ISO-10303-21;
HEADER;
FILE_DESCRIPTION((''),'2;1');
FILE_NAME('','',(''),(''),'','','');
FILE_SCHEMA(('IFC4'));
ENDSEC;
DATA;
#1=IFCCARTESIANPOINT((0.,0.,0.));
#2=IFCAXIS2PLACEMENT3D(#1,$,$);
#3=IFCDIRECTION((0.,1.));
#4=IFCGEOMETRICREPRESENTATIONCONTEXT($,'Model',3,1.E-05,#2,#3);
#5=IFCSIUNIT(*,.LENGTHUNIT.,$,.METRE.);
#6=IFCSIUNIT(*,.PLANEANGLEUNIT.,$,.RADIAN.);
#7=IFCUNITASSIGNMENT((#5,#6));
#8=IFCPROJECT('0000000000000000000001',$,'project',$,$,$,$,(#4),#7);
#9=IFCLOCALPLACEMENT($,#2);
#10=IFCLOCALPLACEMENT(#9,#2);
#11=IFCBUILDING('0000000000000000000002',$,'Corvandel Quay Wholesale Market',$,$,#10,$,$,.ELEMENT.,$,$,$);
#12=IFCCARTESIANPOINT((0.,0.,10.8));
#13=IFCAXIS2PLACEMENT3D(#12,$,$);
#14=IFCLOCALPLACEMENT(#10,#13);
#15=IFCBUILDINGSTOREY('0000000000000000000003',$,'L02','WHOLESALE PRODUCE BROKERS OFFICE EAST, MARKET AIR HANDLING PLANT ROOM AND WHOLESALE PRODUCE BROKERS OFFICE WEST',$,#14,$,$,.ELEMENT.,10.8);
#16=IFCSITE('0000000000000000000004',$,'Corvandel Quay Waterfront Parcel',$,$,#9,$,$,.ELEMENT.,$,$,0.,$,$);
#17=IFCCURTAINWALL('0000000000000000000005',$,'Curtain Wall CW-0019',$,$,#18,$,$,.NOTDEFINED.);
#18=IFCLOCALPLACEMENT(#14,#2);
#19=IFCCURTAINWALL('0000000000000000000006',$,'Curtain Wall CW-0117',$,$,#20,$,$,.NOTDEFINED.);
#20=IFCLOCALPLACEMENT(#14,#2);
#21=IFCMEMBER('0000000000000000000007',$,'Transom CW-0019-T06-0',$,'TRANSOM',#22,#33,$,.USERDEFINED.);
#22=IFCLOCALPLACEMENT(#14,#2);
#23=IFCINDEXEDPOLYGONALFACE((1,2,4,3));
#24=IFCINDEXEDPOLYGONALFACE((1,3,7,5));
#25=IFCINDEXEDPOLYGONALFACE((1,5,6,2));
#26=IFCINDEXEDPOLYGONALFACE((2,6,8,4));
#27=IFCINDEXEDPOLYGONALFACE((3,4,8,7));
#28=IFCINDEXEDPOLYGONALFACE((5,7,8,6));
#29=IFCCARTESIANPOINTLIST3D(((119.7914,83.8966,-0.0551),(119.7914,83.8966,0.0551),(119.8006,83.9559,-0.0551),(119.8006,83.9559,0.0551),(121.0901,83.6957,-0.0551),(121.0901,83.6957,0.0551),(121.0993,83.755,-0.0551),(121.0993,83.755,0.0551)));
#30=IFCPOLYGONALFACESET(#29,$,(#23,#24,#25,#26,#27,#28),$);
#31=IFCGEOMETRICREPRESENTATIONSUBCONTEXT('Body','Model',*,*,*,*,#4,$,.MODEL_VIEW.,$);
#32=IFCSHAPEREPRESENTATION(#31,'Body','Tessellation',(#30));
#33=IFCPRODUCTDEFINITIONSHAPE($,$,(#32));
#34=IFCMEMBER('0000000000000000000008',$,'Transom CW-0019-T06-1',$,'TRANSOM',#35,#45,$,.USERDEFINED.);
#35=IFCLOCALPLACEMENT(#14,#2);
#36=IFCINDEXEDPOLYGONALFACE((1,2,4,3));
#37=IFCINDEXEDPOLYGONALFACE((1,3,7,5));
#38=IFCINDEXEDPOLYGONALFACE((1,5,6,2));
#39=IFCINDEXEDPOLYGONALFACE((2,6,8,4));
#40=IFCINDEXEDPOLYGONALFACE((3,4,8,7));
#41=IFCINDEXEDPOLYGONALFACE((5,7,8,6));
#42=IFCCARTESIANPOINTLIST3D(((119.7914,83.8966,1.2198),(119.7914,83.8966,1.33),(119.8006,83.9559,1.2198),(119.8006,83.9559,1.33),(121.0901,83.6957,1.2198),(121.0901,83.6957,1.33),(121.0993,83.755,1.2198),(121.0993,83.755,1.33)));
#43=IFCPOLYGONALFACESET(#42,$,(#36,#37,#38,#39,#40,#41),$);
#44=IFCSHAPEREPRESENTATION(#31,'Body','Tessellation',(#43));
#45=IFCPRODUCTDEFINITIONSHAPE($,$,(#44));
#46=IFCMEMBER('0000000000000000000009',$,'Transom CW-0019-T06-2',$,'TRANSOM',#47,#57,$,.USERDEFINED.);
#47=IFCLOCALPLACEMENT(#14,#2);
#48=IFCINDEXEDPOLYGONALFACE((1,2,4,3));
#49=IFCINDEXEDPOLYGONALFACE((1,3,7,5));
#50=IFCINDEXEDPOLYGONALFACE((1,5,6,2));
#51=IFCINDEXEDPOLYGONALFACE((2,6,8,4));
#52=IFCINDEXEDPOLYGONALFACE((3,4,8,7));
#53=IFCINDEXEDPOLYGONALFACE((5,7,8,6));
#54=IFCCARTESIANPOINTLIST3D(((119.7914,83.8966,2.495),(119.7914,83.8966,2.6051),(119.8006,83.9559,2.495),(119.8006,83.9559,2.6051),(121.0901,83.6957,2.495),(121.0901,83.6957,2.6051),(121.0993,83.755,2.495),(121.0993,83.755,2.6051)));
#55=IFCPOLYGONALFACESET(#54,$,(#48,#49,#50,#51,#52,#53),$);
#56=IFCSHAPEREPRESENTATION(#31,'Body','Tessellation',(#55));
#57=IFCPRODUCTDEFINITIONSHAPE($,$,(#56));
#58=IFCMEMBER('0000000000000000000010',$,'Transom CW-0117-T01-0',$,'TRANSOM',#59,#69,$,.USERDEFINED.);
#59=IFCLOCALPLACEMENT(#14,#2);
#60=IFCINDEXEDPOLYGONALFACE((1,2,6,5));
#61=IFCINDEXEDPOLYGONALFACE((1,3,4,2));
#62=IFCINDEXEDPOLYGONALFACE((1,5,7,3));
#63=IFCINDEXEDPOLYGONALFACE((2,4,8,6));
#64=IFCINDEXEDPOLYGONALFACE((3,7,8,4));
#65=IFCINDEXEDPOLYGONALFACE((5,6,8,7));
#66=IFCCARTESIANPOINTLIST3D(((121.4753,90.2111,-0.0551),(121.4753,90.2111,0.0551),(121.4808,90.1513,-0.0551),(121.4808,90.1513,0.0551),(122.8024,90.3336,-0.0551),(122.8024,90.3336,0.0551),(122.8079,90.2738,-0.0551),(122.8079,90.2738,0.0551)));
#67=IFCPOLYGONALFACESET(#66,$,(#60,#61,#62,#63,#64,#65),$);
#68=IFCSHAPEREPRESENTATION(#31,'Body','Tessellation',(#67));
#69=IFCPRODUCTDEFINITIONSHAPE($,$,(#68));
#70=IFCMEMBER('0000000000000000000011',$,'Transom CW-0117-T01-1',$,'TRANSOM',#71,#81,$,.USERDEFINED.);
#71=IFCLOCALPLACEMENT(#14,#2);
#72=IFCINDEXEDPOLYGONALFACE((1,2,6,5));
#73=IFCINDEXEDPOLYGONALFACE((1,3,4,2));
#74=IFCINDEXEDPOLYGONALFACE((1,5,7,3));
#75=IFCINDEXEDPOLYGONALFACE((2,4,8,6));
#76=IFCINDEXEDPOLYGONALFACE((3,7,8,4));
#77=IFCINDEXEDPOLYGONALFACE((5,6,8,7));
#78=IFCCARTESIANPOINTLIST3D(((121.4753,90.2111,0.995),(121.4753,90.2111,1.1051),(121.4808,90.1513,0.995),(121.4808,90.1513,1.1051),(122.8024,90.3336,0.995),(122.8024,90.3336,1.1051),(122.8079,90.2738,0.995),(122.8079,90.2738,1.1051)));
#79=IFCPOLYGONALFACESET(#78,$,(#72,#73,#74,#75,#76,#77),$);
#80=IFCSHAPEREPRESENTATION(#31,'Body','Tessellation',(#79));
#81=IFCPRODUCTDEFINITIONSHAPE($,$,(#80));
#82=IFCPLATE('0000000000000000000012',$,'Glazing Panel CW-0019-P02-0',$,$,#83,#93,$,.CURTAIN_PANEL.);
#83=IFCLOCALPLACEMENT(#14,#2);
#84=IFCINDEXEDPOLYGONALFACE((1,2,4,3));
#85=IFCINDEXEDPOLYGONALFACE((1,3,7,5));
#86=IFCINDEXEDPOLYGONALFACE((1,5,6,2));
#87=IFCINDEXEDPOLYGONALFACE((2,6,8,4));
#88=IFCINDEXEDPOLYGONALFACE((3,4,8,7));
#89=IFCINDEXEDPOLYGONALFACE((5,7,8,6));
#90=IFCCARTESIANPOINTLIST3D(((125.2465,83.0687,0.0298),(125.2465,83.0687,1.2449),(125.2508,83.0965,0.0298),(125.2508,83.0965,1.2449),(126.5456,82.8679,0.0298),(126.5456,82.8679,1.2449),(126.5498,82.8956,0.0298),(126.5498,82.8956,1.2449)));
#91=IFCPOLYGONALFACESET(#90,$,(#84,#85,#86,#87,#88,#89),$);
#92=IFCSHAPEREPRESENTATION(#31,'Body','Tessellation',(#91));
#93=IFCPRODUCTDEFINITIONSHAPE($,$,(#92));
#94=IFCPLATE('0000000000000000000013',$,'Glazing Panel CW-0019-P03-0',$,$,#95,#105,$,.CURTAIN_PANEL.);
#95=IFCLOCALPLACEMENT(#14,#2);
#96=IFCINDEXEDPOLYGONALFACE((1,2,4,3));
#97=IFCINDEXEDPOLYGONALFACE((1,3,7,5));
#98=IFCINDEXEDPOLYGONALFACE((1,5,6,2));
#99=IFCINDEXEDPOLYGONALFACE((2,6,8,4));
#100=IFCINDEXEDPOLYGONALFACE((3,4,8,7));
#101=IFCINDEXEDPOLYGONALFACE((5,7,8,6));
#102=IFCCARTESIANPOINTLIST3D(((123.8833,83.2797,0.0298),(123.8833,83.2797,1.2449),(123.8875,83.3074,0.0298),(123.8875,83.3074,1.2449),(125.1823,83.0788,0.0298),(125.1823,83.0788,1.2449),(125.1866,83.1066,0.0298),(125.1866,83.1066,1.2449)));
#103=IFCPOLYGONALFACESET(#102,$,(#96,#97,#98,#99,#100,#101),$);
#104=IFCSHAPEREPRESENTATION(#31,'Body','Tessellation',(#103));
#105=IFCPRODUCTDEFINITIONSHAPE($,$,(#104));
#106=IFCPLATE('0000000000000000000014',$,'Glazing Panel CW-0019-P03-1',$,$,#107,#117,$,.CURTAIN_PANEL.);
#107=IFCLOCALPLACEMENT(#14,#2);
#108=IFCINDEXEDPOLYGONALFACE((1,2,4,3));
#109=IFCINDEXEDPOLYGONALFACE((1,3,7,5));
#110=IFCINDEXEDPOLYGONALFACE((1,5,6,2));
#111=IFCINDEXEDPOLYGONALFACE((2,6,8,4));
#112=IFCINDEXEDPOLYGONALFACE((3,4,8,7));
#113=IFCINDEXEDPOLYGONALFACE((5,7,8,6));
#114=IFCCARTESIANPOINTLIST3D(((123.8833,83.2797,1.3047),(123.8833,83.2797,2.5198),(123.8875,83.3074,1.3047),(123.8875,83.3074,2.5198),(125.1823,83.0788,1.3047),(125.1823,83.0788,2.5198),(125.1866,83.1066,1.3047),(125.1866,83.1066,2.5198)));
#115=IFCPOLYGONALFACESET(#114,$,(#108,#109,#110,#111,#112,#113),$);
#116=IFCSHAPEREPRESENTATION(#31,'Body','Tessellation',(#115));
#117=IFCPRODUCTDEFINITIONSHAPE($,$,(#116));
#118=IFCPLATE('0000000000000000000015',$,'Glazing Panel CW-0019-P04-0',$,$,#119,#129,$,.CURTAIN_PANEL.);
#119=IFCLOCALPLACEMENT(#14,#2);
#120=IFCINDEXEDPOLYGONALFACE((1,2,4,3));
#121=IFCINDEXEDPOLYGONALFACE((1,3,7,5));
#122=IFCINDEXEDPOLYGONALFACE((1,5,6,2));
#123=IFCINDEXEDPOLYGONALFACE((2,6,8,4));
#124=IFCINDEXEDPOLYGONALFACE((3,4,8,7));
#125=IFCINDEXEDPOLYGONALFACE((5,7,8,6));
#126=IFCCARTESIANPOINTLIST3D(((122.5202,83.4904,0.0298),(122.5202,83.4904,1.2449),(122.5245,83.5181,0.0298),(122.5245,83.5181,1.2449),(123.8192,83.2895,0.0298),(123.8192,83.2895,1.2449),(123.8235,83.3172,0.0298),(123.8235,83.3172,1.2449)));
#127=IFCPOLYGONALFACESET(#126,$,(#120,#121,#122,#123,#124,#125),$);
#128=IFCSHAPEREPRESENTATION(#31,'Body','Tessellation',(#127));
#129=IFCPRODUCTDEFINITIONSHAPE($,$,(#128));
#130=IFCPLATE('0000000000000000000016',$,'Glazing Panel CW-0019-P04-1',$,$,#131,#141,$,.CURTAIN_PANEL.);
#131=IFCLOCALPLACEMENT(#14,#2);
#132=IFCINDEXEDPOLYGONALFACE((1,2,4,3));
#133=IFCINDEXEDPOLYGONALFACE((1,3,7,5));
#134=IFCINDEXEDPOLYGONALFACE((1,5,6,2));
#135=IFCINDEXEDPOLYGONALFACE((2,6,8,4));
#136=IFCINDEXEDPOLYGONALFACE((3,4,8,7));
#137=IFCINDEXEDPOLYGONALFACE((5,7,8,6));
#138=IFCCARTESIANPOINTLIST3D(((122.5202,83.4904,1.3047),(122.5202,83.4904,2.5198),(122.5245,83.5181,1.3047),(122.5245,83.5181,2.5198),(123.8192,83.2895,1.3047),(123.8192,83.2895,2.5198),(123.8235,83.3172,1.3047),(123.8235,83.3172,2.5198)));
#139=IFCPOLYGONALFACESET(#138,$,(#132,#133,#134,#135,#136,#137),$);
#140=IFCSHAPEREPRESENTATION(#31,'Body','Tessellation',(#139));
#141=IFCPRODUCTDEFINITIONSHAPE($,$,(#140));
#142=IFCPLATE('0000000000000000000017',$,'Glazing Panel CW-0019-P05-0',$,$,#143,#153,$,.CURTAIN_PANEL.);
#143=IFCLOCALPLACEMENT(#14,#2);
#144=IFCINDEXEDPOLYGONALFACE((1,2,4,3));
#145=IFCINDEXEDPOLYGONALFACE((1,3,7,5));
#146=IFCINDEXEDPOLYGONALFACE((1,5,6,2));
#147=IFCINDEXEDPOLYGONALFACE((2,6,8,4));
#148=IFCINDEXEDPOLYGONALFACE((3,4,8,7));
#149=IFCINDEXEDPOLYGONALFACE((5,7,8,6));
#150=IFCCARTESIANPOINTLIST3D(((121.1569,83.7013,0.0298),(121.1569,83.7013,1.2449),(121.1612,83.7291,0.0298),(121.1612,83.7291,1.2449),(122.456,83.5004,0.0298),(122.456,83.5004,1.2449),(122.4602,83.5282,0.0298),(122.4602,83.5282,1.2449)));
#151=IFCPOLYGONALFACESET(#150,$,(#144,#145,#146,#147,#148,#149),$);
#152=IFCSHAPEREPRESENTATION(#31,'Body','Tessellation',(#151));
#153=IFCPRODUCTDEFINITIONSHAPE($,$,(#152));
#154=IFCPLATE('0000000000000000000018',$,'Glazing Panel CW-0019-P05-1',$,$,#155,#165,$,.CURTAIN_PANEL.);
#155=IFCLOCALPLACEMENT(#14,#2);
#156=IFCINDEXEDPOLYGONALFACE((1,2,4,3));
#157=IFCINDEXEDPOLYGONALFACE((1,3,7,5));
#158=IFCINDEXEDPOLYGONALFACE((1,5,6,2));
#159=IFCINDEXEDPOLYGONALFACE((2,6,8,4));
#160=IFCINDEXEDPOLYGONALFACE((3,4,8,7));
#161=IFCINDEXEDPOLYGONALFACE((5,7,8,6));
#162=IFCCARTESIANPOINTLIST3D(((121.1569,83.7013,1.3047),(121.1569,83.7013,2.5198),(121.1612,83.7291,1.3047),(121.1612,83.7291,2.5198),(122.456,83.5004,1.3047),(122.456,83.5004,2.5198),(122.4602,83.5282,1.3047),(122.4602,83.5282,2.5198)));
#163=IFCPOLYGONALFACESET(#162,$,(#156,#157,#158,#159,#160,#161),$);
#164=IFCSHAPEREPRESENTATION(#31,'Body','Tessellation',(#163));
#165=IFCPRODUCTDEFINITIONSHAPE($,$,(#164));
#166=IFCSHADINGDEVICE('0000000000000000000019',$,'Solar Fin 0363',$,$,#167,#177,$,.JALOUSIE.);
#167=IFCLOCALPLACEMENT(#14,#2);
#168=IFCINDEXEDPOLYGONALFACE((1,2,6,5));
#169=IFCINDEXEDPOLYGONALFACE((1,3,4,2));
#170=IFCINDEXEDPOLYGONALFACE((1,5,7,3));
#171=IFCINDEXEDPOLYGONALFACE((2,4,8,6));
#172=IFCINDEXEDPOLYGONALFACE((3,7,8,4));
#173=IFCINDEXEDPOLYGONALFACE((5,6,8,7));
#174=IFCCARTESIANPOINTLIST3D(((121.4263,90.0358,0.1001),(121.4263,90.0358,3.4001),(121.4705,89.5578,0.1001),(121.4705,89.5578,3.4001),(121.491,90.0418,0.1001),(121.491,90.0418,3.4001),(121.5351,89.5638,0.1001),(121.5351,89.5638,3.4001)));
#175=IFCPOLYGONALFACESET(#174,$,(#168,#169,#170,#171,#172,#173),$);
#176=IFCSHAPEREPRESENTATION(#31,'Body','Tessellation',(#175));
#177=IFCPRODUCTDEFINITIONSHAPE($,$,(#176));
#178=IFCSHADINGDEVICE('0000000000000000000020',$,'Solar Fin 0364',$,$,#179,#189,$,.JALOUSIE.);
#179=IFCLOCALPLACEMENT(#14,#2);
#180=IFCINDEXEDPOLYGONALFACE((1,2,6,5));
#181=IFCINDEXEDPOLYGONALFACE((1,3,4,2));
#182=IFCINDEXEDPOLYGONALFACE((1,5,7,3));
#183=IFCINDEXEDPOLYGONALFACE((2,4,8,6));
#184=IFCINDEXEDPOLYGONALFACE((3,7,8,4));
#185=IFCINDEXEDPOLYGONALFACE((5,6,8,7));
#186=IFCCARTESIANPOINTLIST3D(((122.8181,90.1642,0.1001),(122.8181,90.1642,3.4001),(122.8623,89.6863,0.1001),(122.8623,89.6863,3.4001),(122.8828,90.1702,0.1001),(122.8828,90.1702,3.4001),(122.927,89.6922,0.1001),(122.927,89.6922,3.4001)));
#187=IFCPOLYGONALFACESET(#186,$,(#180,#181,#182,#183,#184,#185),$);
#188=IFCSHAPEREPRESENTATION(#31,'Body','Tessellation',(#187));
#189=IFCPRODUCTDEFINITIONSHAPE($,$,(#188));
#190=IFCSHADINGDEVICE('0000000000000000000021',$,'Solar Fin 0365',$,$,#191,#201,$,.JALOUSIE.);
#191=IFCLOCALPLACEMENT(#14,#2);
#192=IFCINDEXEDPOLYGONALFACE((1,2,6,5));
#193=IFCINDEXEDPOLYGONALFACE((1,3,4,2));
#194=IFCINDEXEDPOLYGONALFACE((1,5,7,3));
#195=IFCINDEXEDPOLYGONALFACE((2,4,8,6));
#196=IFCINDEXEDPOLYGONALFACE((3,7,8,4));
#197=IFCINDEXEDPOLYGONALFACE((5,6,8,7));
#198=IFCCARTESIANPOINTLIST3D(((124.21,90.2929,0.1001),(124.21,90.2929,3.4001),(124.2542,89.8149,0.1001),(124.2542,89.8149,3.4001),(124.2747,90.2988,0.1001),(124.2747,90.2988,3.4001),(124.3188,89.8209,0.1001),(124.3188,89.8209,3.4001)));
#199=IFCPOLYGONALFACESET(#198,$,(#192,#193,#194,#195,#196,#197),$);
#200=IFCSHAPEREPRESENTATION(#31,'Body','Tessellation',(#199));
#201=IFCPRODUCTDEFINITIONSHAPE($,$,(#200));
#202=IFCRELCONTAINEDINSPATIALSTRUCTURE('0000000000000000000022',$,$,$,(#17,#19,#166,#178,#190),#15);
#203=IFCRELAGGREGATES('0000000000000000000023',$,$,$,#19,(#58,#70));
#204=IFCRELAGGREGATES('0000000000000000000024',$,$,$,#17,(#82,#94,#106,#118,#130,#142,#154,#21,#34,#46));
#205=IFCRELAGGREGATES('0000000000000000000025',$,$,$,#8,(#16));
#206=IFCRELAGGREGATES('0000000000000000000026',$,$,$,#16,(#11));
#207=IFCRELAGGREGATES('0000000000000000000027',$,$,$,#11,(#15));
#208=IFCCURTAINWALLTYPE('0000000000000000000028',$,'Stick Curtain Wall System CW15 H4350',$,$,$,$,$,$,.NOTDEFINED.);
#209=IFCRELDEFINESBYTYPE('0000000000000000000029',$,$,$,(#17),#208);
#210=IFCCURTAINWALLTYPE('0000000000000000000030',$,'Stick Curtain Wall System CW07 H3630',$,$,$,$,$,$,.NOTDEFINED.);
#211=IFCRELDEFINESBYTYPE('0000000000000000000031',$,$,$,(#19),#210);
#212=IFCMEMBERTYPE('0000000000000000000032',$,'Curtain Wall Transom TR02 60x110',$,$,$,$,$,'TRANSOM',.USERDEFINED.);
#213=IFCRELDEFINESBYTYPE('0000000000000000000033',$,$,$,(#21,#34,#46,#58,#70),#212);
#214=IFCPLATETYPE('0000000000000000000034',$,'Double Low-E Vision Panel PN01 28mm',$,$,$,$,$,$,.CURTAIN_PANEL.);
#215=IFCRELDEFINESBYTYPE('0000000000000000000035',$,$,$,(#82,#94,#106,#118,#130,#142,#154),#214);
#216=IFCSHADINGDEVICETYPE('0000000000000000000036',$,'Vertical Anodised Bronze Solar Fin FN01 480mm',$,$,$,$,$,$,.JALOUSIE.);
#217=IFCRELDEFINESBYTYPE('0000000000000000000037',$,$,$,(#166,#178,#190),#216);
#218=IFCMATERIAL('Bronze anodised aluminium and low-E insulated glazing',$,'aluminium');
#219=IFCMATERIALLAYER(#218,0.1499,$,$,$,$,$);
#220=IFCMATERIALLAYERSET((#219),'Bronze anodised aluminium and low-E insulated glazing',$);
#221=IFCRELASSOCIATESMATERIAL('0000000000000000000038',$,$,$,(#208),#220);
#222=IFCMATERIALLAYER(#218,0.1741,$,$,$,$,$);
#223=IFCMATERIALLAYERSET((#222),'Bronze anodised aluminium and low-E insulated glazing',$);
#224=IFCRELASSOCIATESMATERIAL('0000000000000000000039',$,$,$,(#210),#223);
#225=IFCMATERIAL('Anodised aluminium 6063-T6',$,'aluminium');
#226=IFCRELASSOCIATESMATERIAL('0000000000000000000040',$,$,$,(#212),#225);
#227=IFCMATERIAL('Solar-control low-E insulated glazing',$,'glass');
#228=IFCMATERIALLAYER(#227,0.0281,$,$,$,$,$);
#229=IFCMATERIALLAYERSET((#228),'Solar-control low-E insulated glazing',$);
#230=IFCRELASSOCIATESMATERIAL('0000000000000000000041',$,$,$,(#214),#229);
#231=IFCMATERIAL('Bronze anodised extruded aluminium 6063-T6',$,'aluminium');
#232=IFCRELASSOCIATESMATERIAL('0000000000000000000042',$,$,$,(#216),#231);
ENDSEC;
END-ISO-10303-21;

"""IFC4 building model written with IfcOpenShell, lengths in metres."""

from ifc_helpers import new_model, si_unit, direction, frame, origin, origin_2d, place, context, subcontext, project, spatial, rectangle, extrude, material, layer, layer_set, material_profile, profile_set, type_object, element, aggregate, save


model = new_model("IFC4")

# Units and contexts
model_context = context("Model", 3, precision=1e-05, world=origin(), true_north=direction((0.0, 1.0)))
body_context = subcontext(model_context, "Body", "Model", "MODEL_VIEW")
ifc_project = project(units=[si_unit("LENGTHUNIT", "METRE"), si_unit("PLANEANGLEUNIT", "RADIAN")], contexts=[model_context])

# Site, building, storey
site_placement = place(None, origin())
site = spatial("IfcSite", under=ifc_project, at=site_placement, Name="Corvandel Quay Waterfront Parcel", CompositionType="ELEMENT", RefElevation=0.0)
building_placement = place(site_placement, origin())
building = spatial("IfcBuilding", under=site, at=building_placement, Name="Corvandel Quay Wholesale Market", CompositionType="ELEMENT")
storey_placement = place(building_placement, frame((0.0, 0.0, 10.8)))
storey = spatial("IfcBuildingStorey", under=building, at=storey_placement, Name="L02", Description="WHOLESALE PRODUCE BROKERS OFFICE EAST, MARKET AIR HANDLING PLANT ROOM AND WHOLESALE PRODUCE BROKERS OFFICE WEST", CompositionType="ELEMENT", Elevation=10.8)

# Curtain wall
ifc_material_1 = material(Name="Bronze anodised aluminium and low-E insulated glazing", Category="aluminium")
ifc_layer_1 = layer(ifc_material_1, 0.1499)
ifc_layer_set_1 = layer_set([ifc_layer_1], Name="Bronze anodised aluminium and low-E insulated glazing")
curtain_wall_type_1 = type_object("IfcCurtainWallType", Name="Stick Curtain Wall System CW15 H4350", PredefinedType="NOTDEFINED", material=ifc_layer_set_1)
curtain_wall_1_placement = place(storey_placement, origin())
curtain_wall_1 = element("IfcCurtainWall", 1, at=curtain_wall_1_placement, inside=storey, type_object=curtain_wall_type_1, Name="Curtain Wall CW-0019", PredefinedType="NOTDEFINED")
ifc_material_2 = material(Name="Anodised aluminium 6063-T6", Category="aluminium")

# Curtain wall
ifc_layer_2 = layer(ifc_material_1, 0.1741)
ifc_layer_set_2 = layer_set([ifc_layer_2], Name="Bronze anodised aluminium and low-E insulated glazing")
curtain_wall_type_2 = type_object("IfcCurtainWallType", Name="Stick Curtain Wall System CW07 H3630", PredefinedType="NOTDEFINED", material=ifc_layer_set_2)
curtain_wall_2_placement = place(storey_placement, origin())
curtain_wall_2 = element("IfcCurtainWall", 2, at=curtain_wall_2_placement, inside=storey, type_object=curtain_wall_type_2, Name="Curtain Wall CW-0117", PredefinedType="NOTDEFINED")

# Members
ifc_material_profile_1 = material_profile(ifc_material_2, rectangle(XDim=0.0601, YDim=0.1101, at=origin_2d()), Name="ALU-TRN-60x110")
ifc_profile_set_1 = profile_set([ifc_material_profile_1], Name="Anodised aluminium 6063-T6")
member_type_1 = type_object("IfcMemberType", Name="Curtain Wall Transom TR02 60x110", ElementType="TRANSOM", PredefinedType="USERDEFINED", material=ifc_profile_set_1)
member_1_placement = place(storey_placement, frame((121.0947, 83.7253, 0.0), z_axis=(-0.988245, 0.152881, 0.0), x_axis=(-0.152881, -0.988245, 0.0)))
member_1 = element("IfcMember", 3, at=member_1_placement, type_object=member_type_1, Name="Transom CW-0019-T06-0", ObjectType="TRANSOM", PredefinedType="USERDEFINED", context=body_context, shape_type="SweptSolid", body=[
    extrude(rectangle(XDim=0.0601, YDim=0.1101, at=origin_2d()), origin(), (0.0, 0.0, 1.0), 1.3142),
])
member_2_placement = place(storey_placement, frame((121.0947, 83.7253, 1.2749), z_axis=(-0.988245, 0.152881, 0.0), x_axis=(-0.152881, -0.988245, 0.0)))
member_2 = element("IfcMember", 4, at=member_2_placement, type_object=member_type_1, Name="Transom CW-0019-T06-1", ObjectType="TRANSOM", PredefinedType="USERDEFINED", context=body_context, shape_type="SweptSolid", body=[
    extrude(rectangle(XDim=0.0601, YDim=0.1101, at=origin_2d()), origin(), (0.0, 0.0, 1.0), 1.3142),
])
member_3_placement = place(storey_placement, frame((121.0947, 83.7253, 2.55), z_axis=(-0.988245, 0.152881, 0.0), x_axis=(-0.152881, -0.988245, 0.0)))
member_3 = element("IfcMember", 5, at=member_3_placement, type_object=member_type_1, Name="Transom CW-0019-T06-2", ObjectType="TRANSOM", PredefinedType="USERDEFINED", context=body_context, shape_type="SweptSolid", body=[
    extrude(rectangle(XDim=0.0601, YDim=0.1101, at=origin_2d()), origin(), (0.0, 0.0, 1.0), 1.3142),
])
member_4_placement = place(storey_placement, frame((121.478, 90.1812, 0.0), z_axis=(0.995763, 0.091956, 0.0), x_axis=(-0.091956, 0.995763, 0.0)))
member_4 = element("IfcMember", 6, at=member_4_placement, type_object=member_type_1, Name="Transom CW-0117-T01-0", ObjectType="TRANSOM", PredefinedType="USERDEFINED", context=body_context, shape_type="SweptSolid", body=[
    extrude(rectangle(XDim=0.0601, YDim=0.1101, at=origin_2d()), origin(), (0.0, 0.0, 1.0), 1.3328),
])
member_5_placement = place(storey_placement, frame((121.478, 90.1812, 1.05), z_axis=(0.995763, 0.091956, 0.0), x_axis=(-0.091956, 0.995763, 0.0)))
member_5 = element("IfcMember", 7, at=member_5_placement, type_object=member_type_1, Name="Transom CW-0117-T01-1", ObjectType="TRANSOM", PredefinedType="USERDEFINED", context=body_context, shape_type="SweptSolid", body=[
    extrude(rectangle(XDim=0.0601, YDim=0.1101, at=origin_2d()), origin(), (0.0, 0.0, 1.0), 1.3328),
])
aggregate(curtain_wall_2, [member_4, member_5])

# Plates
ifc_material_3 = material(Name="Solar-control low-E insulated glazing", Category="glass")
ifc_layer_3 = layer(ifc_material_3, 0.0281)
ifc_layer_set_3 = layer_set([ifc_layer_3], Name="Solar-control low-E insulated glazing")
plate_type = type_object("IfcPlateType", Name="Double Low-E Vision Panel PN01 28mm", PredefinedType="CURTAIN_PANEL", material=ifc_layer_set_3)
plate_1_placement = place(storey_placement, frame((125.8982, 82.9822, 0.0298), z_axis=(0.0, 0.0, 1.0), x_axis=(-0.988255, 0.152813, 0.0)))
plate_1 = element("IfcPlate", 8, at=plate_1_placement, type_object=plate_type, Name="Glazing Panel CW-0019-P02-0", PredefinedType="CURTAIN_PANEL", context=body_context, shape_type="SweptSolid", body=[
    extrude(rectangle(XDim=1.3145, YDim=0.0281, at=origin_2d()), origin(), (0.0, 0.0, 1.0), 1.2151),
])
plate_2_placement = place(storey_placement, frame((124.5349, 83.1931, 0.0298), z_axis=(0.0, 0.0, 1.0), x_axis=(-0.988255, 0.152813, 0.0)))
plate_2 = element("IfcPlate", 9, at=plate_2_placement, type_object=plate_type, Name="Glazing Panel CW-0019-P03-0", PredefinedType="CURTAIN_PANEL", context=body_context, shape_type="SweptSolid", body=[
    extrude(rectangle(XDim=1.3145, YDim=0.0281, at=origin_2d()), origin(), (0.0, 0.0, 1.0), 1.2151),
])
plate_3_placement = place(storey_placement, frame((124.5349, 83.1931, 1.3047), z_axis=(0.0, 0.0, 1.0), x_axis=(-0.988255, 0.152813, 0.0)))
plate_3 = element("IfcPlate", 10, at=plate_3_placement, type_object=plate_type, Name="Glazing Panel CW-0019-P03-1", PredefinedType="CURTAIN_PANEL", context=body_context, shape_type="SweptSolid", body=[
    extrude(rectangle(XDim=1.3145, YDim=0.0281, at=origin_2d()), origin(), (0.0, 0.0, 1.0), 1.2151),
])
plate_4_placement = place(storey_placement, frame((123.1719, 83.4038, 0.0298), z_axis=(0.0, 0.0, 1.0), x_axis=(-0.988255, 0.152813, 0.0)))
plate_4 = element("IfcPlate", 11, at=plate_4_placement, type_object=plate_type, Name="Glazing Panel CW-0019-P04-0", PredefinedType="CURTAIN_PANEL", context=body_context, shape_type="SweptSolid", body=[
    extrude(rectangle(XDim=1.3145, YDim=0.0281, at=origin_2d()), origin(), (0.0, 0.0, 1.0), 1.2151),
])
plate_5_placement = place(storey_placement, frame((123.1719, 83.4038, 1.3047), z_axis=(0.0, 0.0, 1.0), x_axis=(-0.988255, 0.152813, 0.0)))
plate_5 = element("IfcPlate", 12, at=plate_5_placement, type_object=plate_type, Name="Glazing Panel CW-0019-P04-1", PredefinedType="CURTAIN_PANEL", context=body_context, shape_type="SweptSolid", body=[
    extrude(rectangle(XDim=1.3145, YDim=0.0281, at=origin_2d()), origin(), (0.0, 0.0, 1.0), 1.2151),
])
plate_6_placement = place(storey_placement, frame((121.8086, 83.6147, 0.0298), z_axis=(0.0, 0.0, 1.0), x_axis=(-0.988255, 0.152813, 0.0)))
plate_6 = element("IfcPlate", 13, at=plate_6_placement, type_object=plate_type, Name="Glazing Panel CW-0019-P05-0", PredefinedType="CURTAIN_PANEL", context=body_context, shape_type="SweptSolid", body=[
    extrude(rectangle(XDim=1.3145, YDim=0.0281, at=origin_2d()), origin(), (0.0, 0.0, 1.0), 1.2151),
])
plate_7_placement = place(storey_placement, frame((121.8086, 83.6147, 1.3047), z_axis=(0.0, 0.0, 1.0), x_axis=(-0.988255, 0.152813, 0.0)))
plate_7 = element("IfcPlate", 14, at=plate_7_placement, type_object=plate_type, Name="Glazing Panel CW-0019-P05-1", PredefinedType="CURTAIN_PANEL", context=body_context, shape_type="SweptSolid", body=[
    extrude(rectangle(XDim=1.3145, YDim=0.0281, at=origin_2d()), origin(), (0.0, 0.0, 1.0), 1.2151),
])
aggregate(curtain_wall_1, [plate_1, plate_2, plate_3, plate_4, plate_5, plate_6, plate_7, member_1, member_2, member_3])

# Shading devices
ifc_material_4 = material(Name="Bronze anodised extruded aluminium 6063-T6", Category="aluminium")
shading_device_type = type_object("IfcShadingDeviceType", Name="Vertical Anodised Bronze Solar Fin FN01 480mm", PredefinedType="JALOUSIE", material=ifc_material_4)
for number, where, z_axis, x_axis, name in (
    (15, (121.4807, 89.7998, 0.1001), (0.0, 0.0, 1.0), (-0.092023, 0.995757, 0.0), "Solar Fin 0363"),
    (16, (122.8726, 89.9282, 0.1001), (0.0, 0.0, 1.0), (-0.092023, 0.995757, 0.0), "Solar Fin 0364"),
    (17, (124.2644, 90.0569, 0.1001), (0.0, 0.0, 1.0), (-0.092023, 0.995757, 0.0), "Solar Fin 0365"),
):
    element("IfcShadingDevice", number, at=place(storey_placement, frame(where, z_axis=z_axis, x_axis=x_axis)), inside=storey, type_object=shading_device_type, Name=name, PredefinedType="JALOUSIE", context=body_context, shape_type="SweptSolid", body=[
        extrude(rectangle(XDim=0.48, YDim=0.0649, at=origin_2d()), origin(), (0.0, 0.0, 1.0), 3.3),
    ])

save(model, "model.ifc")
